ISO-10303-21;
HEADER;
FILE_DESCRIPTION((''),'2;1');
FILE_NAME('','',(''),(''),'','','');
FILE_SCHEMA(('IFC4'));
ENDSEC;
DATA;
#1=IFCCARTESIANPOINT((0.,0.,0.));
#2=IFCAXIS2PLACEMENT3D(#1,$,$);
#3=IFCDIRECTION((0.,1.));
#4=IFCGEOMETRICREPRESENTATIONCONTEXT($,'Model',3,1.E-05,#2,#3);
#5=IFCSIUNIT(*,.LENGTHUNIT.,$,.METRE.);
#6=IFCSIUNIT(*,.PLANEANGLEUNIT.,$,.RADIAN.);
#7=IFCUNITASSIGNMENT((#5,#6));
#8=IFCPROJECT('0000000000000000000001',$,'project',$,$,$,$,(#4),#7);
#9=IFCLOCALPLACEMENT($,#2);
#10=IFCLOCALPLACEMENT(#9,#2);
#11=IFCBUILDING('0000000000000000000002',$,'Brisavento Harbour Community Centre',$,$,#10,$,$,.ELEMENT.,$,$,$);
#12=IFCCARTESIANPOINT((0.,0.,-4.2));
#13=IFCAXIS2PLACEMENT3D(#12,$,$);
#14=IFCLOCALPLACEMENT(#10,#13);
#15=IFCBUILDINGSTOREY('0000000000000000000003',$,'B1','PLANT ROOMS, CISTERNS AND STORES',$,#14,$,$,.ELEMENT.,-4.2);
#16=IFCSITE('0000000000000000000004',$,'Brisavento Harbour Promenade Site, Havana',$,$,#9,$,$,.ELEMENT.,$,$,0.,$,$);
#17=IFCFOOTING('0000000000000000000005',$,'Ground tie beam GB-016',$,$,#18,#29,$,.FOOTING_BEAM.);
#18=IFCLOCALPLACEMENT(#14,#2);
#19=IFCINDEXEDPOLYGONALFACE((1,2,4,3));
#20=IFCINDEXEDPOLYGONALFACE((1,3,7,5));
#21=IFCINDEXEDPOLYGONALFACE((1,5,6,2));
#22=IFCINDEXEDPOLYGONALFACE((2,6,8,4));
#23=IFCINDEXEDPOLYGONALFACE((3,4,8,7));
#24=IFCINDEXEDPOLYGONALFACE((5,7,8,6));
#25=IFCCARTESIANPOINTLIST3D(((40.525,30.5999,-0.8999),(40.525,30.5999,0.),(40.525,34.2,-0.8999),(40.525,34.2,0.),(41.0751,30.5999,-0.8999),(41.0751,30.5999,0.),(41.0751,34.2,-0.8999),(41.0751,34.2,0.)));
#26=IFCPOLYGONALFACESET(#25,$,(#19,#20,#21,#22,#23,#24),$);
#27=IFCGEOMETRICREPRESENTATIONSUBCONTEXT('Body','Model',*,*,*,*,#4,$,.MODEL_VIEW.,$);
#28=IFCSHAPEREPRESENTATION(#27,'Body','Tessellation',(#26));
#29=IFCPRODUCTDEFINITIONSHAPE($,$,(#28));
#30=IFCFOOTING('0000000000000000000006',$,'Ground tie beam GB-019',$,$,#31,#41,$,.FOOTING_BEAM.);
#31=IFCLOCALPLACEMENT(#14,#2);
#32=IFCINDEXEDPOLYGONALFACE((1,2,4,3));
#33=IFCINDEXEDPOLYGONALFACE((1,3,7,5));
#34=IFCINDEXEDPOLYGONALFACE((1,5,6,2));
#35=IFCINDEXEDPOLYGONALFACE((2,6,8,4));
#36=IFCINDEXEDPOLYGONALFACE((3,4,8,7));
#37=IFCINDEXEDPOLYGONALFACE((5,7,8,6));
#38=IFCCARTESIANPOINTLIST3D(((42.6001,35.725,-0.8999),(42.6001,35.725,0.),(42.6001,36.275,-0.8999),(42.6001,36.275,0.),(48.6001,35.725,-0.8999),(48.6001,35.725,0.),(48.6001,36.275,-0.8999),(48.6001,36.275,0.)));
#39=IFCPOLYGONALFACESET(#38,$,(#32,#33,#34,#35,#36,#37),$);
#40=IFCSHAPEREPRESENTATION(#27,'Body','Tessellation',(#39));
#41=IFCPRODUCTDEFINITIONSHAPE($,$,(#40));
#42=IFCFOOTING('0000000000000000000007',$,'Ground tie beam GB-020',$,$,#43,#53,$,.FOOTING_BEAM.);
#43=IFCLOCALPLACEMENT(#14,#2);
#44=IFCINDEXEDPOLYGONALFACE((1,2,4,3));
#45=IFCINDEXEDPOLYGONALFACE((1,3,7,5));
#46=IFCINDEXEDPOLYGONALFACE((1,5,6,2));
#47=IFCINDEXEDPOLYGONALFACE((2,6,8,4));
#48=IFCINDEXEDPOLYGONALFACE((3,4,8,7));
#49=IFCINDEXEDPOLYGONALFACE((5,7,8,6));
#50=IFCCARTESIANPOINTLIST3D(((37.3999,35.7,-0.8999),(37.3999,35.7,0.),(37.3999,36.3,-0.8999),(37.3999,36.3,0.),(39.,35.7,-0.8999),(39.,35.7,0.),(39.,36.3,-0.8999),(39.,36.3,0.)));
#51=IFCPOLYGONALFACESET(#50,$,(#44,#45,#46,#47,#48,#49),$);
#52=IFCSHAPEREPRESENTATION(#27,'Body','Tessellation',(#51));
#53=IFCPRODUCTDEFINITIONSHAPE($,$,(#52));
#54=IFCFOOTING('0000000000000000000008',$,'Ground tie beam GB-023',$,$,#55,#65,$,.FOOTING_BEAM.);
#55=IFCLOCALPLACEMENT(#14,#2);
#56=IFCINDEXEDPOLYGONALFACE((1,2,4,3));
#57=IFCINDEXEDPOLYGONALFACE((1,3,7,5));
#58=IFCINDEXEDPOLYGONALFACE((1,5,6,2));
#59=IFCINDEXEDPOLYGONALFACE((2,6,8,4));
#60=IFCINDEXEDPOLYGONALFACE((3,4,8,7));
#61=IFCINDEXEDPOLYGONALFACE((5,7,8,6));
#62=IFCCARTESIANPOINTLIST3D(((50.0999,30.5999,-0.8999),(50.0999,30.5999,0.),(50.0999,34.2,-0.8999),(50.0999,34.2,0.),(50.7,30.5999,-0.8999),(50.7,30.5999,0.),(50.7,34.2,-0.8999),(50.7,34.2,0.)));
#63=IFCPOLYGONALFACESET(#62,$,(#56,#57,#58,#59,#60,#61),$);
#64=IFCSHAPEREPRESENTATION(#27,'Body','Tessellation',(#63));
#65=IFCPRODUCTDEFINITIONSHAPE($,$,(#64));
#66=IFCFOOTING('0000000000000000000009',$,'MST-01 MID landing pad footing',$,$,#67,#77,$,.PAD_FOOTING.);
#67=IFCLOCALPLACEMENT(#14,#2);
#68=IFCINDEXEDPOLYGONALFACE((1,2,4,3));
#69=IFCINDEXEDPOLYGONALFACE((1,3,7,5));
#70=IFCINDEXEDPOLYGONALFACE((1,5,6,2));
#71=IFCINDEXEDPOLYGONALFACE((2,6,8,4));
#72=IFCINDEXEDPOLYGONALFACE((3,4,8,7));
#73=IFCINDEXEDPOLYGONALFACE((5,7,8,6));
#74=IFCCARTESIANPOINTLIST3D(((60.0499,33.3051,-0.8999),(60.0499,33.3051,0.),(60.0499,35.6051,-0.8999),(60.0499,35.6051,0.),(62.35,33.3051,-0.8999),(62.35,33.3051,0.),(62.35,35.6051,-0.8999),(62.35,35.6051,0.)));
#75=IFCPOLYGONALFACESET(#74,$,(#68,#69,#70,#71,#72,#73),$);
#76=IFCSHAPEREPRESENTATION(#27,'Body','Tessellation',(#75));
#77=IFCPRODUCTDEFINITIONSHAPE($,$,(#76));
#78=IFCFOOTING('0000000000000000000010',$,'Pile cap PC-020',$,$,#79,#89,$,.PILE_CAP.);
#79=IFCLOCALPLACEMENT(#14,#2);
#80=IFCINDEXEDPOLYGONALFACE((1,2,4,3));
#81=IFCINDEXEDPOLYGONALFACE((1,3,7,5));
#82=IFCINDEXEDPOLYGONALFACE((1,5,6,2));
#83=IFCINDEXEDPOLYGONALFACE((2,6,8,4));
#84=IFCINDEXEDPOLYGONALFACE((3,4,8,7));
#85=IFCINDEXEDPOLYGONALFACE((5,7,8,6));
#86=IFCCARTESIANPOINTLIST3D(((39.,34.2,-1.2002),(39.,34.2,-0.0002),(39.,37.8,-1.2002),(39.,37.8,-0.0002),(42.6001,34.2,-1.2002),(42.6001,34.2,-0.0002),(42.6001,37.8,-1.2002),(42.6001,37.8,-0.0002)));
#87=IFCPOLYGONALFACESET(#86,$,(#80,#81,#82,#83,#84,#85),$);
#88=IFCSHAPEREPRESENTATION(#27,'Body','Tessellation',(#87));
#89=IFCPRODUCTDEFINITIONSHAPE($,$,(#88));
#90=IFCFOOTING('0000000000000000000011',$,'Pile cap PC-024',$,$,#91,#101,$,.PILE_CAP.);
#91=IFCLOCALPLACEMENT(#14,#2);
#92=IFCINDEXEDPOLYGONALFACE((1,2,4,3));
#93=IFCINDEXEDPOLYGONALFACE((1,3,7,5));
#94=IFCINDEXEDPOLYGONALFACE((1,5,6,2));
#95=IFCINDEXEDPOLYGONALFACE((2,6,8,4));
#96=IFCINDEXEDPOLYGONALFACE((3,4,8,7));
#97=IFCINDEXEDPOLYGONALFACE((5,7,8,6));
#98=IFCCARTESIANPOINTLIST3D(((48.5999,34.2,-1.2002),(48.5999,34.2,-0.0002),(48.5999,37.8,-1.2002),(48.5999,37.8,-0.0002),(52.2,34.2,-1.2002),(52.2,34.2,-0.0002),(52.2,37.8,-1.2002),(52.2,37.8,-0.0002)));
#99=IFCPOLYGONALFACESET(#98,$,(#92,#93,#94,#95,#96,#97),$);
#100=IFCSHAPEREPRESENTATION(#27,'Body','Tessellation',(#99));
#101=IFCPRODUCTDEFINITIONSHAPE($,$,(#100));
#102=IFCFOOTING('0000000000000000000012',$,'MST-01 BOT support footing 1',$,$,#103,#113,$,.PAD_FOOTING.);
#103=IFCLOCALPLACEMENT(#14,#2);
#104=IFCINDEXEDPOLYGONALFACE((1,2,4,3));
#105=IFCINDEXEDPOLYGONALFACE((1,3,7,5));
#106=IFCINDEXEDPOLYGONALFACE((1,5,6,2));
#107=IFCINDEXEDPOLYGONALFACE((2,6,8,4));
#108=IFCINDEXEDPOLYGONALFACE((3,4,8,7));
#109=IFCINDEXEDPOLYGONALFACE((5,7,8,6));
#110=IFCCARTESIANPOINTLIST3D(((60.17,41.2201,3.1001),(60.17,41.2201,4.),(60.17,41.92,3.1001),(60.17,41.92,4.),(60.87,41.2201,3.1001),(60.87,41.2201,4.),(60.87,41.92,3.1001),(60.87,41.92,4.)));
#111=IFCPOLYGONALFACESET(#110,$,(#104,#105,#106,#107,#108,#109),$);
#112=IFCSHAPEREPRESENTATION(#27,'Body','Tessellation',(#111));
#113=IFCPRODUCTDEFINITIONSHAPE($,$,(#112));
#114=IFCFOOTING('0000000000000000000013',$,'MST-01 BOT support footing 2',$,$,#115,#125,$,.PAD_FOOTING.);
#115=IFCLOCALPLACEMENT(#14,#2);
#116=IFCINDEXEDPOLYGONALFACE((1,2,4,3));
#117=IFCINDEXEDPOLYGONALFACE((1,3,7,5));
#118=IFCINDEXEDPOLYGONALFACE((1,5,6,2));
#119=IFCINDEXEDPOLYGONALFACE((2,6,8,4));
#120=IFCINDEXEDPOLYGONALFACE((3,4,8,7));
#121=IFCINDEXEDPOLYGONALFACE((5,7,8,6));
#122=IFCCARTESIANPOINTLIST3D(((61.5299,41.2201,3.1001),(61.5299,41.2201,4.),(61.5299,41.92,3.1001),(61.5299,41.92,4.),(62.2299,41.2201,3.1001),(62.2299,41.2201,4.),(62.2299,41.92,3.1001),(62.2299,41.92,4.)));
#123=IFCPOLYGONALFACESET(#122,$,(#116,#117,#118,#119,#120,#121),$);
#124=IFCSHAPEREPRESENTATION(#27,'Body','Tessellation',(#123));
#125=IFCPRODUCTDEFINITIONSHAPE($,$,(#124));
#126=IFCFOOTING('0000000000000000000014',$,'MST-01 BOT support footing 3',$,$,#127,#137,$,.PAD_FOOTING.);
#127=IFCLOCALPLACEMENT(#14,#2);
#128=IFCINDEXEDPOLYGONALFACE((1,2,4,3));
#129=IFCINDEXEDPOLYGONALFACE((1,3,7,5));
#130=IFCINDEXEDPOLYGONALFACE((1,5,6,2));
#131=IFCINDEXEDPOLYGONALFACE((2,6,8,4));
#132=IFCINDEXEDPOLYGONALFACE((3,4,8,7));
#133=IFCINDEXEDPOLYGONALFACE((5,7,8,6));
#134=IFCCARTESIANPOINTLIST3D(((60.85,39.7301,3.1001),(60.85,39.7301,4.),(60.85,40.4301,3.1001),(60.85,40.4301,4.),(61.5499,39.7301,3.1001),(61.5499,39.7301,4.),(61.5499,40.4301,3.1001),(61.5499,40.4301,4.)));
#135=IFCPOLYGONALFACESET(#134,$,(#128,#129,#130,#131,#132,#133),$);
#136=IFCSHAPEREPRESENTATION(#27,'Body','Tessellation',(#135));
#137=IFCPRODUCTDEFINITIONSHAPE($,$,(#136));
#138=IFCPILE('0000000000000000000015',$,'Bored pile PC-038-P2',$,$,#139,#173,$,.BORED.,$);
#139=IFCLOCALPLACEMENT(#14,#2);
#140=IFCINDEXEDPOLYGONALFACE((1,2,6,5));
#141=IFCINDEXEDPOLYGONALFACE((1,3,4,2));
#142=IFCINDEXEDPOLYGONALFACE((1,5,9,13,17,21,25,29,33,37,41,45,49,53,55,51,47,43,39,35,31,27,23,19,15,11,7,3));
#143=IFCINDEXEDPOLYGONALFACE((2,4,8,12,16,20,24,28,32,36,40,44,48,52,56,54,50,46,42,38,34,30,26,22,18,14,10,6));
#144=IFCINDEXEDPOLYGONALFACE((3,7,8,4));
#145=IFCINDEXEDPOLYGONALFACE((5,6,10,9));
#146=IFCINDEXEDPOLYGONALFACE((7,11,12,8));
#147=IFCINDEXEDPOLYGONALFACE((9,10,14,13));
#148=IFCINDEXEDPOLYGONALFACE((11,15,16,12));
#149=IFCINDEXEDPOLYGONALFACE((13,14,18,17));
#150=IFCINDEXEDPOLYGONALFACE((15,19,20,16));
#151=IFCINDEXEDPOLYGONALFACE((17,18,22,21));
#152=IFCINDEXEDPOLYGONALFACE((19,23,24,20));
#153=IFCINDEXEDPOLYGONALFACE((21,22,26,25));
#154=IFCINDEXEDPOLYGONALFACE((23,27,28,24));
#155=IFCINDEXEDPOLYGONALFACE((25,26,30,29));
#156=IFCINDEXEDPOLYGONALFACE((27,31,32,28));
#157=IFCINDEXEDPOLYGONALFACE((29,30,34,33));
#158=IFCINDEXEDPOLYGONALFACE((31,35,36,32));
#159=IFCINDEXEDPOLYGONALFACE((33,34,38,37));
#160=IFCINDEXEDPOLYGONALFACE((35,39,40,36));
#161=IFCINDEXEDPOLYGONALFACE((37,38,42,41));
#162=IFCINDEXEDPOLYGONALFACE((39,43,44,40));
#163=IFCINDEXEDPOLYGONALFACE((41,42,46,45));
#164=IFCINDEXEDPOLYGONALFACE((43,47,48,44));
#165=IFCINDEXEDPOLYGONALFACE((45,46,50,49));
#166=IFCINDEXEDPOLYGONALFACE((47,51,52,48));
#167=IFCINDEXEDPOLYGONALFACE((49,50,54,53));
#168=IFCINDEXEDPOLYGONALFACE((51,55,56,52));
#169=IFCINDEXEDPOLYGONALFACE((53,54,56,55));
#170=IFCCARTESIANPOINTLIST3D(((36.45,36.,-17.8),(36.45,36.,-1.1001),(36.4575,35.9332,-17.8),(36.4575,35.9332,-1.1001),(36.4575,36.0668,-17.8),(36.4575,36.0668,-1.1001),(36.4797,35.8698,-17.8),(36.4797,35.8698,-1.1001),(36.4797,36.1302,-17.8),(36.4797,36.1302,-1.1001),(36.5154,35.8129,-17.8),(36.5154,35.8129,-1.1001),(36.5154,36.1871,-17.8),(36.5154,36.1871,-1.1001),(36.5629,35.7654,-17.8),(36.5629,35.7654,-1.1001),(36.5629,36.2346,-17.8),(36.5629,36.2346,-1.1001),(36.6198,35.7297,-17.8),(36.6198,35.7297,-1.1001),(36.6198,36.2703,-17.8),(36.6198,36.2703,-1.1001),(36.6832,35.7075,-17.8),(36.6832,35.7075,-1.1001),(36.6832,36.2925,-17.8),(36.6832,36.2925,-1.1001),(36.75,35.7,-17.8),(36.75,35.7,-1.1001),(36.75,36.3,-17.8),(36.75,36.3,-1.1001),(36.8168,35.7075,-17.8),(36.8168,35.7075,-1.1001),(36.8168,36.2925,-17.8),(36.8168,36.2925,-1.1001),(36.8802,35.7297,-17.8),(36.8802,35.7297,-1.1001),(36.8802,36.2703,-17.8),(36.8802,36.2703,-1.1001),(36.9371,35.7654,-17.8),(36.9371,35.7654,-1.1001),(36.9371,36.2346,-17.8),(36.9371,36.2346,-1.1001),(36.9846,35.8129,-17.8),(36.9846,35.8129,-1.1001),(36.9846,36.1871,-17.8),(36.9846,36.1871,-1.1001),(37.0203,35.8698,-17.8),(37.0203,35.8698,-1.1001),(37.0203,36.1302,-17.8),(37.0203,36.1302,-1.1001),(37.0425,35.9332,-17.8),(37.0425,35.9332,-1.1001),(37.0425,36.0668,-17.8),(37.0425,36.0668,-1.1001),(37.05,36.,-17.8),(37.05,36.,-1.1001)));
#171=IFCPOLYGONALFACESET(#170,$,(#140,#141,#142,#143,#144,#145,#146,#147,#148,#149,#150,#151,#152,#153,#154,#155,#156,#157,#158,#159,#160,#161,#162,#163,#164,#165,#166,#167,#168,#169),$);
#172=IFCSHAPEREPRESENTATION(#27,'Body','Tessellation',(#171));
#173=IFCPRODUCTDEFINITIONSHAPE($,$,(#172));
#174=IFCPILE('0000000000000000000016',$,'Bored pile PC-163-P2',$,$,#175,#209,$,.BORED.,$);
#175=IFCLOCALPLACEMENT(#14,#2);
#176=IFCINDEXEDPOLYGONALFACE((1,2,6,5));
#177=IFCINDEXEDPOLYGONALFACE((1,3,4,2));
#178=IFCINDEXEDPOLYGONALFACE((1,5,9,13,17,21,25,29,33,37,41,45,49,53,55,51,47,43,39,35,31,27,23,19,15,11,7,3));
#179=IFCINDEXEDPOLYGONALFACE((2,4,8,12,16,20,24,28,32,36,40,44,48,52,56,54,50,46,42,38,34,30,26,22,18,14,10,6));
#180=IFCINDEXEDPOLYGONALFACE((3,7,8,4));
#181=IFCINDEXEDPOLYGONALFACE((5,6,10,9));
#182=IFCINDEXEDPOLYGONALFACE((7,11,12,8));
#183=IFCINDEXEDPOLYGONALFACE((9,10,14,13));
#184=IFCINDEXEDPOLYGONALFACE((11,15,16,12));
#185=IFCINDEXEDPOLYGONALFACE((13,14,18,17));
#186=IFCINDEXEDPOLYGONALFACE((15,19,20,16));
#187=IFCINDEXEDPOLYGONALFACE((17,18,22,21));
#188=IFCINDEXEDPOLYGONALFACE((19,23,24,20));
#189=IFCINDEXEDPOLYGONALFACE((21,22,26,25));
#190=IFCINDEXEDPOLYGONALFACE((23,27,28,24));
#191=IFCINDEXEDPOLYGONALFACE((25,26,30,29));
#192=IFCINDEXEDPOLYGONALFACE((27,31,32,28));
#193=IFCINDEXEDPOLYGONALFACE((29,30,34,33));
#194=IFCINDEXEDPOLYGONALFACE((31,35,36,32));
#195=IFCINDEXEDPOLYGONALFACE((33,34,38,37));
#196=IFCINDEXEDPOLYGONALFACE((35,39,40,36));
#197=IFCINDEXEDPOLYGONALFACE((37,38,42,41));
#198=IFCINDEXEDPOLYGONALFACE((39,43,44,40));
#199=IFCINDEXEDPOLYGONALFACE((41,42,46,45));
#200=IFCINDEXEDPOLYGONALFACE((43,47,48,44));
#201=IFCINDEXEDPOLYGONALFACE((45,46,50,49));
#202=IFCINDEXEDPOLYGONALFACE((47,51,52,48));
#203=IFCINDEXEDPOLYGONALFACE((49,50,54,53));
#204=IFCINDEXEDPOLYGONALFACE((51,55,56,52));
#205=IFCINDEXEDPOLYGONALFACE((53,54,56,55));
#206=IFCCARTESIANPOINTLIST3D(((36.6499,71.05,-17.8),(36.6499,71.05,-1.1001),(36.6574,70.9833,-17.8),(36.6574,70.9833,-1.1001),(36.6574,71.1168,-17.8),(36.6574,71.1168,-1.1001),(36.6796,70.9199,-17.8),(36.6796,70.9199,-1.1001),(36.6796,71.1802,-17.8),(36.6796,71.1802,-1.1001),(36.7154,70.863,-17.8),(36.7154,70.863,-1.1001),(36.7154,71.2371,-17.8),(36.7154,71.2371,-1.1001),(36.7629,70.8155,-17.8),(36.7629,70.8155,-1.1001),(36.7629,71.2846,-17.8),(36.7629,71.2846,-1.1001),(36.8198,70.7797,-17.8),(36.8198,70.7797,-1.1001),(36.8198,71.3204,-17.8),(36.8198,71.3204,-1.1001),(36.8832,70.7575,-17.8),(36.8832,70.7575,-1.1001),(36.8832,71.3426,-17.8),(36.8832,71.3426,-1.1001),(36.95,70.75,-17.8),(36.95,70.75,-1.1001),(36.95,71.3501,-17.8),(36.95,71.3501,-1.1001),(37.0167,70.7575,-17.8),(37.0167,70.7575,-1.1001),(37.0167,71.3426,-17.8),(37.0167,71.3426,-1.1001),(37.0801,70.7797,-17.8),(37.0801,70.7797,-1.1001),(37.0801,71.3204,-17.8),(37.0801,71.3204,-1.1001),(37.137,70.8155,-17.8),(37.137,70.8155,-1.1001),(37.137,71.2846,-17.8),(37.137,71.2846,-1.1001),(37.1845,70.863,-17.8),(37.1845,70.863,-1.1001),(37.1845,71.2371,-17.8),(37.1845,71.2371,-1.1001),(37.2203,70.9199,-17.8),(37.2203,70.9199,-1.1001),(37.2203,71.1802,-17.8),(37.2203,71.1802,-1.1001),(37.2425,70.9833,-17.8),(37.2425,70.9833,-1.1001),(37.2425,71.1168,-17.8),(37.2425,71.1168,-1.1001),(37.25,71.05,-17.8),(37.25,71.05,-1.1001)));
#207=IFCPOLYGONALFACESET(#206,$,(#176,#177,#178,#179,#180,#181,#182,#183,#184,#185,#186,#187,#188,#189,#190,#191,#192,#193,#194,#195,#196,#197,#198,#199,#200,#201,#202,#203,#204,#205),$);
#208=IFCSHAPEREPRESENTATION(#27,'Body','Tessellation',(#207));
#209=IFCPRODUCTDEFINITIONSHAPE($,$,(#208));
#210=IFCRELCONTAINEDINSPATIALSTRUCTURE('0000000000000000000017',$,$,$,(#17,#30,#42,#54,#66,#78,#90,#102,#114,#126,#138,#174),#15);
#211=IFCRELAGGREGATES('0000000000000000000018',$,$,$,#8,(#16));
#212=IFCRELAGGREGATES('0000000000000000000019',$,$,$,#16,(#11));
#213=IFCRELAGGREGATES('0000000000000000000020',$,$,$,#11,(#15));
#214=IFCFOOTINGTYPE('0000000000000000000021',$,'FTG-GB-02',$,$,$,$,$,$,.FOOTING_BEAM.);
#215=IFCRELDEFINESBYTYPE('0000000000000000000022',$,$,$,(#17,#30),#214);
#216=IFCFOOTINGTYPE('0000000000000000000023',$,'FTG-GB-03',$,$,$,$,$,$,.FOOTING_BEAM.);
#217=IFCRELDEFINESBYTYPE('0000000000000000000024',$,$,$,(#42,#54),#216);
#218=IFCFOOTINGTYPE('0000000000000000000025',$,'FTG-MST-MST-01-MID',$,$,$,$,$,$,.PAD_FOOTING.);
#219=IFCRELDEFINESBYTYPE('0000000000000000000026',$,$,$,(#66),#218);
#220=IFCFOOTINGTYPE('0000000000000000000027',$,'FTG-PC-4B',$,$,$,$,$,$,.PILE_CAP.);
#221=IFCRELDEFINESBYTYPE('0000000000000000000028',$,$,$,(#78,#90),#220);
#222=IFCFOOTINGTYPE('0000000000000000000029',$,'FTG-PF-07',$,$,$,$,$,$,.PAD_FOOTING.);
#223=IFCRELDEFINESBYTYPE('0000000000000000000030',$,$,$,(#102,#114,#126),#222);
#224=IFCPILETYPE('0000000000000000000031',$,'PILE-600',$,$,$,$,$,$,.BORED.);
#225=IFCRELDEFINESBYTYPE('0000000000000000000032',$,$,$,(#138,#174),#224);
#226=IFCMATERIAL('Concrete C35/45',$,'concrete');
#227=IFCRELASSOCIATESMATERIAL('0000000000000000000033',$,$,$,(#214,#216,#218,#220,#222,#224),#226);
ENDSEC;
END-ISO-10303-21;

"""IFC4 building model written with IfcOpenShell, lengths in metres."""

from ifc_helpers import new_model, si_unit, direction, frame, origin, origin_2d, place, context, subcontext, project, spatial, rectangle, circle, extrude, material, material_profile, profile_set, type_object, element, save


model = new_model("IFC4")

# Units and contexts
model_context = context("Model", 3, precision=1e-05, world=origin(), true_north=direction((0.0, 1.0)))
body_context = subcontext(model_context, "Body", "Model", "MODEL_VIEW")
ifc_project = project(units=[si_unit("LENGTHUNIT", "METRE"), si_unit("PLANEANGLEUNIT", "RADIAN")], contexts=[model_context])

# Site, building, storey
site_placement = place(None, origin())
site = spatial("IfcSite", under=ifc_project, at=site_placement, Name="Brisavento Harbour Promenade Site, Havana", CompositionType="ELEMENT", RefElevation=0.0)
building_placement = place(site_placement, origin())
building = spatial("IfcBuilding", under=site, at=building_placement, Name="Brisavento Harbour Community Centre", CompositionType="ELEMENT")
storey_placement = place(building_placement, frame((0.0, 0.0, -4.2)))
storey = spatial("IfcBuildingStorey", under=building, at=storey_placement, Name="B1", Description="PLANT ROOMS, CISTERNS AND STORES", CompositionType="ELEMENT", Elevation=-4.2)

# Footings
ifc_material_1 = material(Name="Concrete C35/45", Category="concrete")
footing_type_1 = type_object("IfcFootingType", Name="FTG-GB-02", PredefinedType="FOOTING_BEAM", material=ifc_material_1)
footing_1_placement = place(storey_placement, frame((40.8, 32.3999, -0.8999), z_axis=(0.0, 0.0, 1.0), x_axis=(1.0, 0.0, 0.0)))
element("IfcFooting", 1, at=footing_1_placement, inside=storey, type_object=footing_type_1, Name="Ground tie beam GB-016", PredefinedType="FOOTING_BEAM", context=body_context, shape_type="SweptSolid", body=[
    extrude(rectangle(XDim=0.55, YDim=3.6001, at=origin_2d()), origin(), (0.0, 0.0, 1.0), 0.8999),
])
footing_2_placement = place(storey_placement, frame((45.6001, 36.0, -0.8999), z_axis=(0.0, 0.0, 1.0), x_axis=(1.0, 0.0, 0.0)))
element("IfcFooting", 2, at=footing_2_placement, inside=storey, type_object=footing_type_1, Name="Ground tie beam GB-019", PredefinedType="FOOTING_BEAM", context=body_context, shape_type="SweptSolid", body=[
    extrude(rectangle(XDim=6.0, YDim=0.55, at=origin_2d()), origin(), (0.0, 0.0, 1.0), 0.8999),
])
footing_type_2 = type_object("IfcFootingType", Name="FTG-GB-03", PredefinedType="FOOTING_BEAM", material=ifc_material_1)
footing_3_placement = place(storey_placement, frame((38.2, 36.0, -0.8999), z_axis=(0.0, 0.0, 1.0), x_axis=(1.0, 0.0, 0.0)))
element("IfcFooting", 3, at=footing_3_placement, inside=storey, type_object=footing_type_2, Name="Ground tie beam GB-020", PredefinedType="FOOTING_BEAM", context=body_context, shape_type="SweptSolid", body=[
    extrude(rectangle(XDim=1.6001, YDim=0.6001, at=origin_2d()), origin(), (0.0, 0.0, 1.0), 0.8999),
])
footing_4_placement = place(storey_placement, frame((50.3999, 32.3999, -0.8999), z_axis=(0.0, 0.0, 1.0), x_axis=(1.0, 0.0, 0.0)))
element("IfcFooting", 4, at=footing_4_placement, inside=storey, type_object=footing_type_2, Name="Ground tie beam GB-023", PredefinedType="FOOTING_BEAM", context=body_context, shape_type="SweptSolid", body=[
    extrude(rectangle(XDim=0.6001, YDim=3.6001, at=origin_2d()), origin(), (0.0, 0.0, 1.0), 0.8999),
])
footing_type_3 = type_object("IfcFootingType", Name="FTG-MST-MST-01-MID", PredefinedType="PAD_FOOTING", material=ifc_material_1)
footing_5_placement = place(storey_placement, frame((61.2, 34.4551, -0.8999), z_axis=(0.0, 0.0, 1.0), x_axis=(1.0, 0.0, 0.0)))
element("IfcFooting", 5, at=footing_5_placement, inside=storey, type_object=footing_type_3, Name="MST-01 MID landing pad footing", PredefinedType="PAD_FOOTING", context=body_context, shape_type="SweptSolid", body=[
    extrude(rectangle(XDim=2.3, YDim=2.3, at=origin_2d()), origin(), (0.0, 0.0, 1.0), 0.8999),
])
footing_type_4 = type_object("IfcFootingType", Name="FTG-PC-4B", PredefinedType="PILE_CAP", material=ifc_material_1)
for number, where, z_axis, x_axis, name in (
    (6, (40.8, 36.0, -1.2002), (0.0, 0.0, 1.0), (1.0, 0.0, 0.0), "Pile cap PC-020"),
    (7, (50.3999, 36.0, -1.2002), (0.0, 0.0, 1.0), (1.0, 0.0, 0.0), "Pile cap PC-024"),
):
    element("IfcFooting", number, at=place(storey_placement, frame(where, z_axis=z_axis, x_axis=x_axis)), inside=storey, type_object=footing_type_4, Name=name, PredefinedType="PILE_CAP", context=body_context, shape_type="SweptSolid", body=[
        extrude(rectangle(XDim=3.6001, YDim=3.6001, at=origin_2d()), origin(), (0.0, 0.0, 1.0), 1.2),
    ])
footing_type_5 = type_object("IfcFootingType", Name="FTG-PF-07", PredefinedType="PAD_FOOTING", material=ifc_material_1)
for number, where, z_axis, x_axis, name in (
    (8, (60.52, 41.5701, 3.1001), (0.0, 0.0, 1.0), (1.0, 0.0, 0.0), "MST-01 BOT support footing 1"),
    (9, (61.8799, 41.5701, 3.1001), (0.0, 0.0, 1.0), (1.0, 0.0, 0.0), "MST-01 BOT support footing 2"),
    (10, (61.2, 40.0801, 3.1001), (0.0, 0.0, 1.0), (1.0, 0.0, 0.0), "MST-01 BOT support footing 3"),
):
    element("IfcFooting", number, at=place(storey_placement, frame(where, z_axis=z_axis, x_axis=x_axis)), inside=storey, type_object=footing_type_5, Name=name, PredefinedType="PAD_FOOTING", context=body_context, shape_type="SweptSolid", body=[
        extrude(rectangle(XDim=0.7, YDim=0.7, at=origin_2d()), origin(), (0.0, 0.0, 1.0), 0.8999),
    ])

# Piles
ifc_material_profile_1 = material_profile(ifc_material_1, circle(Radius=0.3, at=origin_2d()), Name="Concrete C35/45")
ifc_profile_set_1 = profile_set([ifc_material_profile_1], Name="Concrete C35/45")
pile_type_1 = type_object("IfcPileType", Name="PILE-600", PredefinedType="BORED", material=ifc_profile_set_1)
for number, where, z_axis, x_axis, name in (
    (11, (36.75, 36.0, -1.1001), (0.0, 0.0, -1.0), (1.0, 0.0, 0.0), "Bored pile PC-038-P2"),
    (12, (36.95, 71.05, -1.1001), (0.0, 0.0, -1.0), (1.0, 0.0, 0.0), "Bored pile PC-163-P2"),
):
    element("IfcPile", number, at=place(storey_placement, frame(where, z_axis=z_axis, x_axis=x_axis)), inside=storey, type_object=pile_type_1, Name=name, PredefinedType="BORED", context=body_context, shape_type="SweptSolid", body=[
        extrude(circle(Radius=0.3, at=origin_2d()), origin(), (0.0, 0.0, 1.0), 16.7),
    ])

save(model, "model.ifc")
